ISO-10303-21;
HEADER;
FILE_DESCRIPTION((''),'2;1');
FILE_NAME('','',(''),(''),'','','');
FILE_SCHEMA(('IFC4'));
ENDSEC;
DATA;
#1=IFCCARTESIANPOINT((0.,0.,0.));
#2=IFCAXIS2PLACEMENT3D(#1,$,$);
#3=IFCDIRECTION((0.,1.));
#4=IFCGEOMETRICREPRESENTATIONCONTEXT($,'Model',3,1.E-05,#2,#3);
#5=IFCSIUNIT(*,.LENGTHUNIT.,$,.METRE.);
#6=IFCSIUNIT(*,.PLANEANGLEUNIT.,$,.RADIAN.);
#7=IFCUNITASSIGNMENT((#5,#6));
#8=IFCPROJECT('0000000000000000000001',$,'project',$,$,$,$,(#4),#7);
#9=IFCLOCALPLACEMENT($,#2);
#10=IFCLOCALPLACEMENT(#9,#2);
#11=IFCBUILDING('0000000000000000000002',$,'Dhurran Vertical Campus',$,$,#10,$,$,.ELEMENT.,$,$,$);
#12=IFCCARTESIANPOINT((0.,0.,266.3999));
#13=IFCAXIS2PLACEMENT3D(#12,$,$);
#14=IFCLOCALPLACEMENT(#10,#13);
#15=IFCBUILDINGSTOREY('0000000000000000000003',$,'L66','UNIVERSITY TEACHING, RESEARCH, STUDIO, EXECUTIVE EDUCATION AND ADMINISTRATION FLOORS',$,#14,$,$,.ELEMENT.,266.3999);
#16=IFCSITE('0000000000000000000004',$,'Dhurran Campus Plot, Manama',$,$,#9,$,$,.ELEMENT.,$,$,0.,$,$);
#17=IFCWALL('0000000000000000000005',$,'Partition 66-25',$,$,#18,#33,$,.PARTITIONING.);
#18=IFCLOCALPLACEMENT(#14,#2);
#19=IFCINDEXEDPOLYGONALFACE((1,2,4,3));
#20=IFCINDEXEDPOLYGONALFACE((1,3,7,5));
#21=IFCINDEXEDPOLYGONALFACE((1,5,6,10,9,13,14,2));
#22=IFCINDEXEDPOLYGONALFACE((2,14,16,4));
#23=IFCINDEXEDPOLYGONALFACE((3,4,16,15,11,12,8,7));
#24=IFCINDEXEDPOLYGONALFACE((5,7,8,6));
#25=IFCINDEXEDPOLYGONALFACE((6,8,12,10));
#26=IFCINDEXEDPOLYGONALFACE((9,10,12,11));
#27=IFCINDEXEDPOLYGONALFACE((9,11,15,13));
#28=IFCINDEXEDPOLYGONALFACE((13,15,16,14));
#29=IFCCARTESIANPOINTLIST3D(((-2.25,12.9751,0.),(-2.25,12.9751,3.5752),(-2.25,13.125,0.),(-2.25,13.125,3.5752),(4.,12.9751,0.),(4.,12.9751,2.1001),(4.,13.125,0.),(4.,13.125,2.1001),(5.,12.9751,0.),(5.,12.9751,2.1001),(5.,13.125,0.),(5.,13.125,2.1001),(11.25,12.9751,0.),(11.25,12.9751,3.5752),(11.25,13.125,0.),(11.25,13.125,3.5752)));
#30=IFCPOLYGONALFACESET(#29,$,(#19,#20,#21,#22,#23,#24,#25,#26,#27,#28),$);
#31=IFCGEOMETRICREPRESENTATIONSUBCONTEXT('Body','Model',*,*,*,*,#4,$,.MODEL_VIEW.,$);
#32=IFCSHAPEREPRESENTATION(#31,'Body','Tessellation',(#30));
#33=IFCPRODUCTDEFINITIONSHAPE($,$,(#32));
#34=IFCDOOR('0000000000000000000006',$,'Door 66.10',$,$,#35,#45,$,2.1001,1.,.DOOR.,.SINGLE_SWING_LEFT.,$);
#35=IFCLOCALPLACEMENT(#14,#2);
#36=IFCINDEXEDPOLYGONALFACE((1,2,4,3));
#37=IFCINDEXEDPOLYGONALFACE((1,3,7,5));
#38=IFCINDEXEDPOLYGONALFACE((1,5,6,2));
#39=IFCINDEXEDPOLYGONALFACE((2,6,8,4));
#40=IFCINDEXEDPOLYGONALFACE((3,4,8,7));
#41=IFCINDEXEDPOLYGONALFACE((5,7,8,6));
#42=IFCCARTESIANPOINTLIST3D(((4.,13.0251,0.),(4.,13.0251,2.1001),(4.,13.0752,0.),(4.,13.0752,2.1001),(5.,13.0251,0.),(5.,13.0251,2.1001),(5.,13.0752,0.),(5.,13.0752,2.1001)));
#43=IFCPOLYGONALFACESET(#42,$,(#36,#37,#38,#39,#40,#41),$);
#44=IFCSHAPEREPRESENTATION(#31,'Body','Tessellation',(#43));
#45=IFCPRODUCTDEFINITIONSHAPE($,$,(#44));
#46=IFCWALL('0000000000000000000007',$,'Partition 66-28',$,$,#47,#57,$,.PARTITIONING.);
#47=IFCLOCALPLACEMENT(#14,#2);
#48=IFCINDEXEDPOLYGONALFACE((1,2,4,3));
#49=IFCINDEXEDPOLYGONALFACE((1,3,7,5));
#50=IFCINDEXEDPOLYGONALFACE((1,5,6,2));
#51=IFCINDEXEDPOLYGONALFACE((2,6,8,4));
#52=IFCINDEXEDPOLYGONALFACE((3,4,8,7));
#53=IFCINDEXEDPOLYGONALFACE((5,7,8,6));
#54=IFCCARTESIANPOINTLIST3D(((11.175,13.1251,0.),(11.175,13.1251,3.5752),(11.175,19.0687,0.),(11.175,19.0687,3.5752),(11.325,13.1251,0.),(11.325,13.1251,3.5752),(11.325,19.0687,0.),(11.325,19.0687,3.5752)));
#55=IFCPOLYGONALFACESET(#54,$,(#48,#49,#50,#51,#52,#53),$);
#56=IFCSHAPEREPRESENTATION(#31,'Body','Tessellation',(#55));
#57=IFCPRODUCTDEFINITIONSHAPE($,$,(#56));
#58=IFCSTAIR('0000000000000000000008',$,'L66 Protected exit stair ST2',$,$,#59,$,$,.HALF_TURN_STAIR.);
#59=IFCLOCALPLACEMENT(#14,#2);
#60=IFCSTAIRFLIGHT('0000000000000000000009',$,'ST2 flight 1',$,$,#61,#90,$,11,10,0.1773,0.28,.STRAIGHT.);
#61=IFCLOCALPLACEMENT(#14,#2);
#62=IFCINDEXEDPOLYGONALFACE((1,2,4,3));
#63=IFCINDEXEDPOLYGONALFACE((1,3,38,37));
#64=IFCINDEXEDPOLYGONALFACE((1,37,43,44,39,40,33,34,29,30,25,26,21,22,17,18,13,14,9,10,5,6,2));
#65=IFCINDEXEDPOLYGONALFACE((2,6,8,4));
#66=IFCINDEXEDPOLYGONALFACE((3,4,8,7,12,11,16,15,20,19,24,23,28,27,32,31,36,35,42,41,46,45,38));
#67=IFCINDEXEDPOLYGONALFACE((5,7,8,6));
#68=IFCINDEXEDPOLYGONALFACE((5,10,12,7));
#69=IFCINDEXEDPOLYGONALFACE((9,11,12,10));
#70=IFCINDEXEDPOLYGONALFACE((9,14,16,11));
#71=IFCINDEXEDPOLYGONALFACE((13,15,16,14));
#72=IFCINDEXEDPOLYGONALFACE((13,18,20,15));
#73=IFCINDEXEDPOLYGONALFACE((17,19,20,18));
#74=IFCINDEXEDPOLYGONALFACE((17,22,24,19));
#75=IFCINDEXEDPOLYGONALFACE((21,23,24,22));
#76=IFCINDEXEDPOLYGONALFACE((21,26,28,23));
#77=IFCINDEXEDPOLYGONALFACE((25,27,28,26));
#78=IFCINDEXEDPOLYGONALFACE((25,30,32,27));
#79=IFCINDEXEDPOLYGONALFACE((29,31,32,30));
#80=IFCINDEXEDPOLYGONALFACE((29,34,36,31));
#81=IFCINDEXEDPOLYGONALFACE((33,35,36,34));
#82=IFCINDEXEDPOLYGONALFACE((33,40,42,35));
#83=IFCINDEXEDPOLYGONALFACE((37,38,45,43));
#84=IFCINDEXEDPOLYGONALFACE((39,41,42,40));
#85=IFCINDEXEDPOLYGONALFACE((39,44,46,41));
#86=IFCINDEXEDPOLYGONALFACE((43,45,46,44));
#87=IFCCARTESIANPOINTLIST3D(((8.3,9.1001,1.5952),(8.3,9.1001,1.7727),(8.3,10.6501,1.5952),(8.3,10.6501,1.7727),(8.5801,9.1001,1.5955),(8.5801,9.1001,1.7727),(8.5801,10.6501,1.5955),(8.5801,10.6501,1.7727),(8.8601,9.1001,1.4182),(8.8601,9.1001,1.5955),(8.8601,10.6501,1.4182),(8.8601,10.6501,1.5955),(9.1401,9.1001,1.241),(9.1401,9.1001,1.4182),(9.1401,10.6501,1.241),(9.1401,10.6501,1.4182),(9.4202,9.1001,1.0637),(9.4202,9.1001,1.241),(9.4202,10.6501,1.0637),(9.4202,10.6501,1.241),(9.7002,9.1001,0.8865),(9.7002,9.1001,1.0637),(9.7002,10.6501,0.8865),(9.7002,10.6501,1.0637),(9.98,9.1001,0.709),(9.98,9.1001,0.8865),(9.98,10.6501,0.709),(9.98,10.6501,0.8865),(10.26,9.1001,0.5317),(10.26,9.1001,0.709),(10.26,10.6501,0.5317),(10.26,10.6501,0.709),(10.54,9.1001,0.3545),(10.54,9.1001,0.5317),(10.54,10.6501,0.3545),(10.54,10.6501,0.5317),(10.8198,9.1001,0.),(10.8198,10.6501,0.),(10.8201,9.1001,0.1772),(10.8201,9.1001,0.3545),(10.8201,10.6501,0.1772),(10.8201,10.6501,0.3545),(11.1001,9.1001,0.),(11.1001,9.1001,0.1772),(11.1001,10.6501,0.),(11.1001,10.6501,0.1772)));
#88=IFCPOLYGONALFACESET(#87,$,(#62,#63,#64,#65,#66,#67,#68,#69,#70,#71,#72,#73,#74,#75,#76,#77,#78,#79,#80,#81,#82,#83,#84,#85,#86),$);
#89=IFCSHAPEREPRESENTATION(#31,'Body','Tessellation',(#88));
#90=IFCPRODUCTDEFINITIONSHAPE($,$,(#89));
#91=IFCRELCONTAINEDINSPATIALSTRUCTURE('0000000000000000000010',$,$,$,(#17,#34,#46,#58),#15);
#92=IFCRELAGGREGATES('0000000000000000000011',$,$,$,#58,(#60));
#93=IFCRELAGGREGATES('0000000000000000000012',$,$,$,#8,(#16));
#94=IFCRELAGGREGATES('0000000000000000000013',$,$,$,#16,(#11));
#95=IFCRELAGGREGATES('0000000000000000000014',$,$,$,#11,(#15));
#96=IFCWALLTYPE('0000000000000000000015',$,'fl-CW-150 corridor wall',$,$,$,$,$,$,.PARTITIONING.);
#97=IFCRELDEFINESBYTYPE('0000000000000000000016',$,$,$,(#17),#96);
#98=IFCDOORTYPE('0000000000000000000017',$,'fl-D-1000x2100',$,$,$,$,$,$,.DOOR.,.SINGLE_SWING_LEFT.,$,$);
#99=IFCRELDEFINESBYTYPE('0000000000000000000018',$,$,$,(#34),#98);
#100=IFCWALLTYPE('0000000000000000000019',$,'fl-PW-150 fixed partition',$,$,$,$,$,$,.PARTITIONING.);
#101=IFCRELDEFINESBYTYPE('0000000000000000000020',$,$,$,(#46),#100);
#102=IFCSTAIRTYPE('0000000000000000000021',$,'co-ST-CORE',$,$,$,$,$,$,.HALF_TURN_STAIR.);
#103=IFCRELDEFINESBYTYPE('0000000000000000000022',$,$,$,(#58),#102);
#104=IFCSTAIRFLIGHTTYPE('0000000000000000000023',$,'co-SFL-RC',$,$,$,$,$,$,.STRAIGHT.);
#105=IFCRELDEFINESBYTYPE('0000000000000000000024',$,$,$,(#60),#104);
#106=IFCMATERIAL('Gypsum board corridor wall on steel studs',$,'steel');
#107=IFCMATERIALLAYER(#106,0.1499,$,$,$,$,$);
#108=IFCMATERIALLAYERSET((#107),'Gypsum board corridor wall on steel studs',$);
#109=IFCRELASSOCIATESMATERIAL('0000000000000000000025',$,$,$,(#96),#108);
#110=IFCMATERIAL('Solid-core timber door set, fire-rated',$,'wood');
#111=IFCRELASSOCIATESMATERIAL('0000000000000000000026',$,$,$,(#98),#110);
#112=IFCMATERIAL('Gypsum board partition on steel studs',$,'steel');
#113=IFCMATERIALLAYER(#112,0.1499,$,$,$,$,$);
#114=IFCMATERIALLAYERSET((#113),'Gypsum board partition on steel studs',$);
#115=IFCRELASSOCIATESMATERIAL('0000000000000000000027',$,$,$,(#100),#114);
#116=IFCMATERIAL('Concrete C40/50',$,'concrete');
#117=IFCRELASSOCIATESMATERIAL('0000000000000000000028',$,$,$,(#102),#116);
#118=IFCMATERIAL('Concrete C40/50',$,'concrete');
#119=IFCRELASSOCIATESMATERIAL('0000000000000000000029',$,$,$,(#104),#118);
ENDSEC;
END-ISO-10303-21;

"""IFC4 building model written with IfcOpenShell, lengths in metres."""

from ifc_helpers import new_model, si_unit, direction, frame, frame_2d, origin, place, context, subcontext, project, spatial, polyline, rectangle, outline, extrude, material, layer, layer_set, type_object, element, fill, aggregate, save


model = new_model("IFC4")

# Units and contexts
model_context = context("Model", 3, precision=1e-05, world=origin(), true_north=direction((0.0, 1.0)))
body_context = subcontext(model_context, "Body", "Model", "MODEL_VIEW")
ifc_project = project(units=[si_unit("LENGTHUNIT", "METRE"), si_unit("PLANEANGLEUNIT", "RADIAN")], contexts=[model_context])

# Site, building, storey
site_placement = place(None, origin())
site = spatial("IfcSite", under=ifc_project, at=site_placement, Name="Dhurran Campus Plot, Manama", CompositionType="ELEMENT", RefElevation=0.0)
building_placement = place(site_placement, origin())
building = spatial("IfcBuilding", under=site, at=building_placement, Name="Dhurran Vertical Campus", CompositionType="ELEMENT")
storey_placement = place(building_placement, frame((0.0, 0.0, 266.3999)))
storey = spatial("IfcBuildingStorey", under=building, at=storey_placement, Name="L66", Description="UNIVERSITY TEACHING, RESEARCH, STUDIO, EXECUTIVE EDUCATION AND ADMINISTRATION FLOORS", CompositionType="ELEMENT", Elevation=266.3999)

# Wall, opening, door
ifc_material_1 = material(Name="Gypsum board corridor wall on steel studs", Category="steel")
ifc_layer_1 = layer(ifc_material_1, 0.1499)
ifc_layer_set_1 = layer_set([ifc_layer_1], Name="Gypsum board corridor wall on steel studs")
wall_type_1 = type_object("IfcWallType", Name="fl-CW-150 corridor wall", PredefinedType="PARTITIONING", material=ifc_layer_set_1)
wall_1_placement = place(storey_placement, frame((11.25, 13.05, 0.0), z_axis=(0.0, 0.0, 1.0), x_axis=(-1.0, 0.0, 0.0)))
wall_1 = element("IfcWall", 1, at=wall_1_placement, inside=storey, type_object=wall_type_1, Name="Partition 66-25", PredefinedType="PARTITIONING", context=body_context, shape_type="SweptSolid", body=[
    extrude(rectangle(XDim=13.5, YDim=0.1499, at=frame_2d((6.75, 0.0))), origin(), (0.0, 0.0, 1.0), 3.5752),
])
opening_1_placement = place(wall_1_placement, frame((6.25, 0.0, 0.0)))
opening_1 = element("IfcOpeningElement", 2, at=opening_1_placement, cuts=wall_1, PredefinedType="OPENING", context=body_context, shape_type="SweptSolid", body=[
    extrude(rectangle(XDim=1.0, YDim=2.1001, at=frame_2d((0.5, 1.05))), frame((0.0, 0.085, 0.0), z_axis=(0.0, -1.0, 0.0), x_axis=(1.0, 0.0, 0.0)), (0.0, 0.0, 1.0), 0.1699),
])
ifc_material_2 = material(Name="Solid-core timber door set, fire-rated", Category="wood")
door_type_1 = type_object("IfcDoorType", Name="fl-D-1000x2100", OperationType="SINGLE_SWING_LEFT", PredefinedType="DOOR", material=ifc_material_2)
door_1_placement = place(opening_1_placement, origin())
door_1 = element("IfcDoor", 3, at=door_1_placement, inside=storey, type_object=door_type_1, Name="Door 66.10", OperationType="SINGLE_SWING_LEFT", OverallHeight=2.1001, OverallWidth=1.0, PredefinedType="DOOR", context=body_context, shape_type="SweptSolid", body=[
    extrude(rectangle(XDim=1.0, YDim=2.1001, at=frame_2d((0.5, 1.05))), frame((0.0, 0.0249, 0.0), z_axis=(0.0, -1.0, 0.0), x_axis=(1.0, 0.0, 0.0)), (0.0, 0.0, 1.0), 0.05),
])
fill(opening_1, door_1)

# Wall
ifc_material_3 = material(Name="Gypsum board partition on steel studs", Category="steel")
ifc_layer_2 = layer(ifc_material_3, 0.1499)
ifc_layer_set_2 = layer_set([ifc_layer_2], Name="Gypsum board partition on steel studs")
wall_type_2 = type_object("IfcWallType", Name="fl-PW-150 fixed partition", PredefinedType="PARTITIONING", material=ifc_layer_set_2)
wall_2_placement = place(storey_placement, frame((11.25, 19.0686, 0.0), z_axis=(0.0, 0.0, 1.0), x_axis=(0.0, -1.0, 0.0)))
element("IfcWall", 4, at=wall_2_placement, inside=storey, type_object=wall_type_2, Name="Partition 66-28", PredefinedType="PARTITIONING", context=body_context, shape_type="SweptSolid", body=[
    extrude(rectangle(XDim=5.9436, YDim=0.1499, at=frame_2d((2.9717, 0.0))), origin(), (0.0, 0.0, 1.0), 3.5752),
])

# Stair, stair flight
ifc_material_4 = material(Name="Concrete C40/50", Category="concrete")
stair_type = type_object("IfcStairType", Name="co-ST-CORE", PredefinedType="HALF_TURN_STAIR", material=ifc_material_4)
stair_placement = place(storey_placement, origin())
stair = element("IfcStair", 5, at=stair_placement, inside=storey, type_object=stair_type, Name="L66 Protected exit stair ST2", PredefinedType="HALF_TURN_STAIR")
ifc_material_5 = material(Name="Concrete C40/50", Category="concrete")
stair_flight_type = type_object("IfcStairFlightType", Name="co-SFL-RC", PredefinedType="STRAIGHT", material=ifc_material_5)
stair_flight_placement = place(storey_placement, frame((11.1001, 9.875, 0.0), z_axis=(0.0, 0.0, 1.0), x_axis=(-1.0, 0.0, 0.0)))
stair_flight = element("IfcStairFlight", 6, at=stair_flight_placement, type_object=stair_flight_type, Name="ST2 flight 1", NumberOfRisers=11, NumberOfTreads=10, PredefinedType="STRAIGHT", RiserHeight=0.1773, TreadLength=0.28, context=body_context, shape_type="SweptSolid", body=[
    extrude(outline(polyline([(0.0, 0.0), (0.0, 0.1772), (0.28, 0.1772), (0.28, 0.3545), (0.5601, 0.3545), (0.5601, 0.5317), (0.8401, 0.5317), (0.8401, 0.709), (1.1201, 0.709), (1.1201, 0.8865), (1.3999, 0.8865), (1.3999, 1.0637), (1.6799, 1.0637), (1.6799, 1.241), (1.96, 1.241), (1.96, 1.4182), (2.24, 1.4182), (2.24, 1.5955), (2.52, 1.5955), (2.52, 1.7727), (2.8, 1.7727), (2.8, 1.95), (2.8, 1.5952), (0.2803, 0.0), (0.0, 0.0)])), frame((0.0, 0.7749, 0.0), z_axis=(0.0, -1.0, 0.0), x_axis=(1.0, 0.0, 0.0)), (0.0, 0.0, 1.0), 1.55),
])
aggregate(stair, [stair_flight])

save(model, "model.ifc")
